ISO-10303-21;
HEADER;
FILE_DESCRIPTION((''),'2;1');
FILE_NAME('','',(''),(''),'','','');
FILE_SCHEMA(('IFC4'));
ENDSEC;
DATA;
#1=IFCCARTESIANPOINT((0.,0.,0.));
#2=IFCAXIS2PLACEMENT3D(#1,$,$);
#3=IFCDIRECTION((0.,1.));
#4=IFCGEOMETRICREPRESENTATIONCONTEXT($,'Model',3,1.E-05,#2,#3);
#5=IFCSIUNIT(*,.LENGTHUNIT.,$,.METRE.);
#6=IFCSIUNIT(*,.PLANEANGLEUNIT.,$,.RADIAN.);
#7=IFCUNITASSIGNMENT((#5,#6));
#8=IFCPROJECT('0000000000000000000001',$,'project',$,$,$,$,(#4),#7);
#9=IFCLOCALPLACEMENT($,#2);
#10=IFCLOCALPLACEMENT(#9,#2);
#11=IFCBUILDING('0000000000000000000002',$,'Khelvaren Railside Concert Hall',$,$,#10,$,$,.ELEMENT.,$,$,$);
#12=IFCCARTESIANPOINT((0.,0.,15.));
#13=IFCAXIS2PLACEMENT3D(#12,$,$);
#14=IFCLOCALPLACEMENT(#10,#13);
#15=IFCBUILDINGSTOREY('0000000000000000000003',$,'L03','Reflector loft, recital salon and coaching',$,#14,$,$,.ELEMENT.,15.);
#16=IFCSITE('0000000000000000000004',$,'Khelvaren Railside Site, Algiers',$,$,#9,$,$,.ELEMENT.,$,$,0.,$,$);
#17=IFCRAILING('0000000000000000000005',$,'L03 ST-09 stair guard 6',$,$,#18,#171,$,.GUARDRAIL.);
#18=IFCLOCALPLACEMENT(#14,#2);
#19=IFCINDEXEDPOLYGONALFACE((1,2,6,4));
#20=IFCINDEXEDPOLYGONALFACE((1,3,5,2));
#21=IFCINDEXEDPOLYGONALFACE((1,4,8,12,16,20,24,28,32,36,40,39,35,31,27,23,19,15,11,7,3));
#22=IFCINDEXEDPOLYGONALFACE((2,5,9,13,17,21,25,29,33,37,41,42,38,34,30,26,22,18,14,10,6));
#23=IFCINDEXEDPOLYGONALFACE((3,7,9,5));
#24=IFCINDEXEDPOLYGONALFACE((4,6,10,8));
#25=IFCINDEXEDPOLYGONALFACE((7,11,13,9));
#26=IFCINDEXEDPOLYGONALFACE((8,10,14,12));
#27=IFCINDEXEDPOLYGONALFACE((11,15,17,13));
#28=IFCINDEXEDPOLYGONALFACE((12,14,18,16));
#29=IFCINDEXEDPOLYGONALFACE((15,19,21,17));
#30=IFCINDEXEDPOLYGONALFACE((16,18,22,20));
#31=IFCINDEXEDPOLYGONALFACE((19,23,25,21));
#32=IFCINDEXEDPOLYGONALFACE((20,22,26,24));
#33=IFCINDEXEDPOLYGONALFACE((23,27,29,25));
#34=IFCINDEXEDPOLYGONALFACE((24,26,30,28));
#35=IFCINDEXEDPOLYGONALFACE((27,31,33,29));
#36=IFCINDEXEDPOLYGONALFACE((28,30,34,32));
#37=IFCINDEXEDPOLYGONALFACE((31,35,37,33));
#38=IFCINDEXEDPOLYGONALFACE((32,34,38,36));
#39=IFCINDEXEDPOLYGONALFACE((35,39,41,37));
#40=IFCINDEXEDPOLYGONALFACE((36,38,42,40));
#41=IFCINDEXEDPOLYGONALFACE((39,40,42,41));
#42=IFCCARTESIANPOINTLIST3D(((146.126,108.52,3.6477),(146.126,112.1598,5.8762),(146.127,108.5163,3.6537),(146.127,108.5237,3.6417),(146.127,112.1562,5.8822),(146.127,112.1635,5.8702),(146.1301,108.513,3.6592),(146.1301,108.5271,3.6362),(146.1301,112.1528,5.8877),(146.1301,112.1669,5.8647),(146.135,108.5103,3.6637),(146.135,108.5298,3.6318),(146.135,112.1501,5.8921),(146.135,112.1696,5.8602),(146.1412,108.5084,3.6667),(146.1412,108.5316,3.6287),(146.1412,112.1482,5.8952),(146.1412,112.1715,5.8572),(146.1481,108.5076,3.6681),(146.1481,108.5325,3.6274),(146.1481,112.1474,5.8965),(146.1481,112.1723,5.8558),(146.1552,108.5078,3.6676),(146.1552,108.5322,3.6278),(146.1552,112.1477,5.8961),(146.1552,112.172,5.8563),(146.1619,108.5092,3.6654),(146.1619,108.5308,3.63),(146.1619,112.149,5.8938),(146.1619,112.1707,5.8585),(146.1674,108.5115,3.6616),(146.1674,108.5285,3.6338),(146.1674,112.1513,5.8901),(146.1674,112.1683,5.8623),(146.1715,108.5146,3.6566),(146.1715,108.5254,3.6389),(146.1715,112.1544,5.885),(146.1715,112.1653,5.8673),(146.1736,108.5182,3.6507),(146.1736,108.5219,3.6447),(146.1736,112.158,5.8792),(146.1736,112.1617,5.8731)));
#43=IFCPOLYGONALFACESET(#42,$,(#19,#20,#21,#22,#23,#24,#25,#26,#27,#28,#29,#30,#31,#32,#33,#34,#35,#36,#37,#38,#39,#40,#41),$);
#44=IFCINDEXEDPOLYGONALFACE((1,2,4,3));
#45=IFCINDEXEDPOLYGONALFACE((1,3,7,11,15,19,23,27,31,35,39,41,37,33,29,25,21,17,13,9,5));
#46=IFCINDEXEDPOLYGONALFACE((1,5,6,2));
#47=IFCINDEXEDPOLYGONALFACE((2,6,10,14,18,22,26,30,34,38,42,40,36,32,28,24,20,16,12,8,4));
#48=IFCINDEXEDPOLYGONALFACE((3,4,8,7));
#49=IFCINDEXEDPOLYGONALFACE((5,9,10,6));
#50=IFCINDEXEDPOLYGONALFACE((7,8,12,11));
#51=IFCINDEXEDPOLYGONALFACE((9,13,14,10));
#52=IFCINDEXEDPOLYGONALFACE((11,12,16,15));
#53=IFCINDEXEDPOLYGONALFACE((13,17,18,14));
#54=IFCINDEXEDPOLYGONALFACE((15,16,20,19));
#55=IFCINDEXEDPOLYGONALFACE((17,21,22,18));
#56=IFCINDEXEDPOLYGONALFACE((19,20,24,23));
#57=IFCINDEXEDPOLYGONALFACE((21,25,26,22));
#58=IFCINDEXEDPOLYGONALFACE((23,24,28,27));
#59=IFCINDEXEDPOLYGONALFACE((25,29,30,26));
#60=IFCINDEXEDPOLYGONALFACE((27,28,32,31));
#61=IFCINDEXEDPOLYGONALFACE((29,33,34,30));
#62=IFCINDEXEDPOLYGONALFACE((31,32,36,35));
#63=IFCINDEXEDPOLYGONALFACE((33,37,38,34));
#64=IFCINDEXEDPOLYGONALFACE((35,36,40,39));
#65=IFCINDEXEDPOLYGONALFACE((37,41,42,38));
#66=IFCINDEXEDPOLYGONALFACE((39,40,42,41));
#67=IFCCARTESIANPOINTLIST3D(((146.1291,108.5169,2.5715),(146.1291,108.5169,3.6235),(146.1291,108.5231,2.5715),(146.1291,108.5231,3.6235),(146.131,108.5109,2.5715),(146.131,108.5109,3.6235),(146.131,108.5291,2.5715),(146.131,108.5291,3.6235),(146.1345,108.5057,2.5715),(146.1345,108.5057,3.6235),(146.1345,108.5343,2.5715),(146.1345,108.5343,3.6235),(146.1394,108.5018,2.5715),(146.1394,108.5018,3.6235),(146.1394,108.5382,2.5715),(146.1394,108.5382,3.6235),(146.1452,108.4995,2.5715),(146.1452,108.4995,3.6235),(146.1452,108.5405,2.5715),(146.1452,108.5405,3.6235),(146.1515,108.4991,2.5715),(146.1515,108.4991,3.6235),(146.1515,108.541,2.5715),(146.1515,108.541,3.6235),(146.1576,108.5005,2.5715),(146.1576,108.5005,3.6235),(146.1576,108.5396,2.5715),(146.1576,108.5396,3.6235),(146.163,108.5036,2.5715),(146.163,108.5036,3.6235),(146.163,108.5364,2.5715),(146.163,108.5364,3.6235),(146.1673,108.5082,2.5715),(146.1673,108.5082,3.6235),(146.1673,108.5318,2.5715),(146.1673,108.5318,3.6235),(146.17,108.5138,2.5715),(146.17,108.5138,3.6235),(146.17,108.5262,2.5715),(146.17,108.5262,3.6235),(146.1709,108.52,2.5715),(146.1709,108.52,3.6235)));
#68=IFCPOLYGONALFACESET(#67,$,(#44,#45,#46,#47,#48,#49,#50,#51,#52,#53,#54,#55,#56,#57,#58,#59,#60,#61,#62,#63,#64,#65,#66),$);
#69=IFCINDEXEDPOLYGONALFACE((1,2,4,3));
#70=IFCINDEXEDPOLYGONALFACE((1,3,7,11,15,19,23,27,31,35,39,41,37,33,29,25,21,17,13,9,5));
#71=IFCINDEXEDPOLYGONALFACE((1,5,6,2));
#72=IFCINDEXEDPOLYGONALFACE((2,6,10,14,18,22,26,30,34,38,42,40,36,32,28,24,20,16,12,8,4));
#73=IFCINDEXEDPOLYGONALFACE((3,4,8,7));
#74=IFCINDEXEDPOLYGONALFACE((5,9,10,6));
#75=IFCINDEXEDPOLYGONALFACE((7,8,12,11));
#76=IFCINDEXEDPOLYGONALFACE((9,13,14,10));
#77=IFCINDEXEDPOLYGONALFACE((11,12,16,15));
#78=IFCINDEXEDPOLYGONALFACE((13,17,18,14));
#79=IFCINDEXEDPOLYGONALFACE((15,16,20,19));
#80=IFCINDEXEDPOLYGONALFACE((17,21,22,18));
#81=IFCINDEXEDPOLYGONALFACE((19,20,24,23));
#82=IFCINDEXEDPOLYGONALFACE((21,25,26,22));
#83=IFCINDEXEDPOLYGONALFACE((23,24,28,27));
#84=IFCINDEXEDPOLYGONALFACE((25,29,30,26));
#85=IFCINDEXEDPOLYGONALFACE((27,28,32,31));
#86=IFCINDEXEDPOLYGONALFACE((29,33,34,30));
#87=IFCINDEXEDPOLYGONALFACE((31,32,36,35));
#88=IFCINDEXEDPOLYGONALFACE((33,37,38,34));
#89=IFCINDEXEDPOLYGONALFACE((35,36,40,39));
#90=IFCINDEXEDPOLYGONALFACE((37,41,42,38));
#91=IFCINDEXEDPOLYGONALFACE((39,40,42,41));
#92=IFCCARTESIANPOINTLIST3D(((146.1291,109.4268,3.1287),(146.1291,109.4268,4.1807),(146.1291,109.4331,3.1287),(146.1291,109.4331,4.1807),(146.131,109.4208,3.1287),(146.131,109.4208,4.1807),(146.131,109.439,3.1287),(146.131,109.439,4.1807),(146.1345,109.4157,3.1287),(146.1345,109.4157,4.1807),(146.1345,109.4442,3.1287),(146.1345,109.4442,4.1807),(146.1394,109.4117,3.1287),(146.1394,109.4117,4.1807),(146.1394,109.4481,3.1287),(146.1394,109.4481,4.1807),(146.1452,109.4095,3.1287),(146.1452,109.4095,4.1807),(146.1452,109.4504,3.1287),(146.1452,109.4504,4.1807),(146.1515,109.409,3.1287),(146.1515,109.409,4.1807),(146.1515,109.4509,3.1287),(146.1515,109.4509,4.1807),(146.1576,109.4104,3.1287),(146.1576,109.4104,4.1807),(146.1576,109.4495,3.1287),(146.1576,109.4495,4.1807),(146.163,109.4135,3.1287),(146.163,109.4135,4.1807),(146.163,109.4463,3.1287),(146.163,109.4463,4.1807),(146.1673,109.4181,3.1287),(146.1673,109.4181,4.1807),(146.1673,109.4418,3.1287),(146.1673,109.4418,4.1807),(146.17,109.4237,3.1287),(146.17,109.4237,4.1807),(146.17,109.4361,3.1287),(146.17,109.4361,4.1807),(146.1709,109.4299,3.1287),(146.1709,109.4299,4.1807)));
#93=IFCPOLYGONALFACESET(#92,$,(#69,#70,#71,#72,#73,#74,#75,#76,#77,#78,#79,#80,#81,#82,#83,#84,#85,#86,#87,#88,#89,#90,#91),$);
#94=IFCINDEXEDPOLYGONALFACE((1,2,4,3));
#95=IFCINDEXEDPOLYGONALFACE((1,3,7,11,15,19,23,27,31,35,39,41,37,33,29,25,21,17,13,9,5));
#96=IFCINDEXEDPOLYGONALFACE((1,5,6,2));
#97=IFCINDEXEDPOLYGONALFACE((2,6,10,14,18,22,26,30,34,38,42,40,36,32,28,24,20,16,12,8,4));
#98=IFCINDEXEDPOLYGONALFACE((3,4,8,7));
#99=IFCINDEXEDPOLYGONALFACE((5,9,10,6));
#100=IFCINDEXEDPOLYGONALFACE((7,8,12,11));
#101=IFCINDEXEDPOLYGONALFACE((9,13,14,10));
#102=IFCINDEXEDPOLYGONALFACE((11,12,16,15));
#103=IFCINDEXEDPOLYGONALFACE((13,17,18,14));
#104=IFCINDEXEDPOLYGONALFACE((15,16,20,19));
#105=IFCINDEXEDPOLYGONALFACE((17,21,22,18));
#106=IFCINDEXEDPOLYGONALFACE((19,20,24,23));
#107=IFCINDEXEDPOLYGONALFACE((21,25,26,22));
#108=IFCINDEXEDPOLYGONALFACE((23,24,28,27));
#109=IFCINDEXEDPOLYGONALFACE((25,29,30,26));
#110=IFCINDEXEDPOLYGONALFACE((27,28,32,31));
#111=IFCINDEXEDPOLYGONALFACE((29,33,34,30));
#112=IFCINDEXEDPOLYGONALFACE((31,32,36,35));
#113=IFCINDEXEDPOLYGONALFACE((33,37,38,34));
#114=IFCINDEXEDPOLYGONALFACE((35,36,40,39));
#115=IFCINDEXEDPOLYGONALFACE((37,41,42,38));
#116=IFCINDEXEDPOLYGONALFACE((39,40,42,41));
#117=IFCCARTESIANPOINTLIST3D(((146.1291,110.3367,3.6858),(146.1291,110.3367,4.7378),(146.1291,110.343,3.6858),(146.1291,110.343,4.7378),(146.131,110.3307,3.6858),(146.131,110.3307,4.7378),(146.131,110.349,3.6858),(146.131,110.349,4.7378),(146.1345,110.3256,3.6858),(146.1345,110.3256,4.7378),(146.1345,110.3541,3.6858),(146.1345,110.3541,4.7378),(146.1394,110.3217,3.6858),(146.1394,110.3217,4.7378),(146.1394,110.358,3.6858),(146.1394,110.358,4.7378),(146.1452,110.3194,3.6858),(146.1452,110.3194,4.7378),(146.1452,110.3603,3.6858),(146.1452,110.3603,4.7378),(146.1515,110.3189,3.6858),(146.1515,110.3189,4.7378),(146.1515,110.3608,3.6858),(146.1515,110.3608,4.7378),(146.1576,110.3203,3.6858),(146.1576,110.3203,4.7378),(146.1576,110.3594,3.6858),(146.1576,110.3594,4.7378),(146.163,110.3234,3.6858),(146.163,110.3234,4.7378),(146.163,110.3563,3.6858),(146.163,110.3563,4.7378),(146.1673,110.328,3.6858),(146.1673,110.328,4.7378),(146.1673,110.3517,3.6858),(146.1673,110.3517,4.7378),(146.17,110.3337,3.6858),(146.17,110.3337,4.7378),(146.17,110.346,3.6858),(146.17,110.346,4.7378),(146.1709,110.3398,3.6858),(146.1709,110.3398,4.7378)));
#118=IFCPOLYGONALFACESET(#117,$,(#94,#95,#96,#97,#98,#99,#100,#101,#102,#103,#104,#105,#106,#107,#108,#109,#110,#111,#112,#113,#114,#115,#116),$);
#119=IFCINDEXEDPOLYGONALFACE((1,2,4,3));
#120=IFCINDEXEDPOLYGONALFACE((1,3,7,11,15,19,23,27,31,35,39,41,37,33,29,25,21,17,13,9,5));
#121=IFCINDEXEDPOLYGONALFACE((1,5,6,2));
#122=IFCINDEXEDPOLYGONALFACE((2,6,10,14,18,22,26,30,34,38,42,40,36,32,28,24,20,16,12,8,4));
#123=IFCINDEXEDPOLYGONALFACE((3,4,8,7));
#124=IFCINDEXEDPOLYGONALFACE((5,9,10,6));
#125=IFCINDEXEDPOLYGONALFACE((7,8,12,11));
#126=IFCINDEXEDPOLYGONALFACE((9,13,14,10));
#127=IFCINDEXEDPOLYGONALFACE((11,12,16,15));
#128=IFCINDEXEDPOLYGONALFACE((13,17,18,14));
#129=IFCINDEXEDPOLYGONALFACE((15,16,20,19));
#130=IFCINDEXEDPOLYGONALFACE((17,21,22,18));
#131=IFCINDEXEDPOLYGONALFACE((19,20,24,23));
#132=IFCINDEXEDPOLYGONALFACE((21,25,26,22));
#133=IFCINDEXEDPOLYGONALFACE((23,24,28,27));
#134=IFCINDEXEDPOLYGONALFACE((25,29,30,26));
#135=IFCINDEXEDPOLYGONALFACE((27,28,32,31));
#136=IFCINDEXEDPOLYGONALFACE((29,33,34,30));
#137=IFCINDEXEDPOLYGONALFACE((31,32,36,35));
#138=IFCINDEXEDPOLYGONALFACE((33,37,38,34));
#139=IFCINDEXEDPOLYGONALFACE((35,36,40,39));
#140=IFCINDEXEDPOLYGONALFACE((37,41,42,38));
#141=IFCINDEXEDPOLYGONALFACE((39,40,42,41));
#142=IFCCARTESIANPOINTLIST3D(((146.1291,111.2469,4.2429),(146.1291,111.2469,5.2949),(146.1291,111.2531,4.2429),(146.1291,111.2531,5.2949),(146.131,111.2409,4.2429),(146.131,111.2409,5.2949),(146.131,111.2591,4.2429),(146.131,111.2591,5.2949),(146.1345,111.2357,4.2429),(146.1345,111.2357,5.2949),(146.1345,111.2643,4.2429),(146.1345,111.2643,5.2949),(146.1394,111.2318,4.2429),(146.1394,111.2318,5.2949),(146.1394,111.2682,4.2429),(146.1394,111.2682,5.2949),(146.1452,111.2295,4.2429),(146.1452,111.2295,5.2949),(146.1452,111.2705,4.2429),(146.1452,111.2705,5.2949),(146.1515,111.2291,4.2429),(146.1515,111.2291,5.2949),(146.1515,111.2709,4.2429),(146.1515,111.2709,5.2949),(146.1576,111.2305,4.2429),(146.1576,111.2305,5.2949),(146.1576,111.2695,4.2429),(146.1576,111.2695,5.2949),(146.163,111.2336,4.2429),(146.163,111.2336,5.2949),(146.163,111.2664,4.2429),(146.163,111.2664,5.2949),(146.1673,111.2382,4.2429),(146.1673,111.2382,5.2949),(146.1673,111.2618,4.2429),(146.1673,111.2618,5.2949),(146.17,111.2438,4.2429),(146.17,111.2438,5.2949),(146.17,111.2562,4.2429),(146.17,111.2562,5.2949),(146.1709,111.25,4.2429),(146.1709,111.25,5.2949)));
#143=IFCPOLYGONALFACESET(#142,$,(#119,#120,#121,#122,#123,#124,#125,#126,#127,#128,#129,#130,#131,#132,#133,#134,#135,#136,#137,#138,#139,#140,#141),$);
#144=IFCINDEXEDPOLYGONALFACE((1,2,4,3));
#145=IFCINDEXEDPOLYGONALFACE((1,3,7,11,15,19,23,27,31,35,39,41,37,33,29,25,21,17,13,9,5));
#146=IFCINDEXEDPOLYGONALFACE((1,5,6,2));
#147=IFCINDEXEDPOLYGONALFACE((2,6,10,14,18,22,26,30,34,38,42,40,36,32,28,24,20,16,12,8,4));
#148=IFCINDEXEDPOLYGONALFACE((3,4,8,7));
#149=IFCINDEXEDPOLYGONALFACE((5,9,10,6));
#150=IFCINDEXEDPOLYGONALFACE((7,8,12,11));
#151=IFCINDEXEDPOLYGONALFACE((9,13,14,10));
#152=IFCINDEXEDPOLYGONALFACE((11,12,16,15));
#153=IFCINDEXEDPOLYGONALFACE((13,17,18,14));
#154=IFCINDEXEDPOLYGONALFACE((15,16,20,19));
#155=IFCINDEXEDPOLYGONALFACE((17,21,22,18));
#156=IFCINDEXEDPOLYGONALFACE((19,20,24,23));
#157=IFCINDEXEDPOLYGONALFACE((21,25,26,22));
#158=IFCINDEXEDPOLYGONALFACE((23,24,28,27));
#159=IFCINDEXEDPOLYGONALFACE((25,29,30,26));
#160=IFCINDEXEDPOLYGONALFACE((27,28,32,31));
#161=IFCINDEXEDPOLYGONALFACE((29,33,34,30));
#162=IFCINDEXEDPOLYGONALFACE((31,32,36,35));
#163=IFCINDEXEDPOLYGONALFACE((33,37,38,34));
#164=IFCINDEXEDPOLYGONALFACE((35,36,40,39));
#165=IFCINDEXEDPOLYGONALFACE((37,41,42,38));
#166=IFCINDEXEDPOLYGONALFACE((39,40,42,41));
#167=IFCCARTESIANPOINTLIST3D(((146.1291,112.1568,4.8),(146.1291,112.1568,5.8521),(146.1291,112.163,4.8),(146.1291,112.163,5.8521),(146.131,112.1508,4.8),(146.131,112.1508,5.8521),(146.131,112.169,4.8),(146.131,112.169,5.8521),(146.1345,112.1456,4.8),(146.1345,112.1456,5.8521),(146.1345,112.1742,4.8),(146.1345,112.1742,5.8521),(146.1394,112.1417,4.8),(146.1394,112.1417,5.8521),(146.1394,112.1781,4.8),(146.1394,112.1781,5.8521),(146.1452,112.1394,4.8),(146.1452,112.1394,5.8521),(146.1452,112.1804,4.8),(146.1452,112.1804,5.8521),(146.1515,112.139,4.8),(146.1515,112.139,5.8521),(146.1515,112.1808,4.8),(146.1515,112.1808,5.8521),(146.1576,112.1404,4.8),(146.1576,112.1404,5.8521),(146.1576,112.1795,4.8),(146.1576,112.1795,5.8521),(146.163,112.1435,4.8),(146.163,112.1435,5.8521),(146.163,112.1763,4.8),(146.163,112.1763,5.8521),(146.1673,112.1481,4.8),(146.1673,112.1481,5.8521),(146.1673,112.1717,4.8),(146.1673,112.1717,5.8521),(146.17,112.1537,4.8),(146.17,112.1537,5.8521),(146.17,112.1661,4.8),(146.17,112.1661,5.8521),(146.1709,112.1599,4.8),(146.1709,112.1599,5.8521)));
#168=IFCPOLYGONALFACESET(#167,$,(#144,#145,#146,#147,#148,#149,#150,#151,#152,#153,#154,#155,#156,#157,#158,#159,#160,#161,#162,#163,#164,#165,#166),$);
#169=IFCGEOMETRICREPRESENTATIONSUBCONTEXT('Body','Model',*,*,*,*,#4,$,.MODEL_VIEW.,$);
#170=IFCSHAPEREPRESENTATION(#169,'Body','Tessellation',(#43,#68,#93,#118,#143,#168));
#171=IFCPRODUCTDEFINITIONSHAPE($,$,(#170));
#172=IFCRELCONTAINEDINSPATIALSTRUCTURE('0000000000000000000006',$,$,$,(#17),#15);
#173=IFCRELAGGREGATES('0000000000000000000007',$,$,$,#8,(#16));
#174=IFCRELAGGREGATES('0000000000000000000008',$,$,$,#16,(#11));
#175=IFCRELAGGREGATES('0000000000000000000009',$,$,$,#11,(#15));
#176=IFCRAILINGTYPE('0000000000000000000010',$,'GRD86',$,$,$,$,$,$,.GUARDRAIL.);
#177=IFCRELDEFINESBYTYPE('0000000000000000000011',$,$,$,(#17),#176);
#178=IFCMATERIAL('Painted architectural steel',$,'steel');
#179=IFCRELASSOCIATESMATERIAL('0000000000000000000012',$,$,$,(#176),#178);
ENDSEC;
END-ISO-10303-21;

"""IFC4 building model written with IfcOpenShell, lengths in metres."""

from ifc_helpers import new_model, si_unit, direction, frame, origin, origin_2d, place, context, subcontext, project, spatial, circle, extrude, material, type_object, element, save


model = new_model("IFC4")

# Units and contexts
model_context = context("Model", 3, precision=1e-05, world=origin(), true_north=direction((0.0, 1.0)))
body_context = subcontext(model_context, "Body", "Model", "MODEL_VIEW")
ifc_project = project(units=[si_unit("LENGTHUNIT", "METRE"), si_unit("PLANEANGLEUNIT", "RADIAN")], contexts=[model_context])

# Site, building, storey
site_placement = place(None, origin())
site = spatial("IfcSite", under=ifc_project, at=site_placement, Name="Khelvaren Railside Site, Algiers", CompositionType="ELEMENT", RefElevation=0.0)
building_placement = place(site_placement, origin())
building = spatial("IfcBuilding", under=site, at=building_placement, Name="Khelvaren Railside Concert Hall", CompositionType="ELEMENT")
storey_placement = place(building_placement, frame((0.0, 0.0, 15.0)))
storey = spatial("IfcBuildingStorey", under=building, at=storey_placement, Name="L03", Description="Reflector loft, recital salon and coaching", CompositionType="ELEMENT", Elevation=15.0)

# Railing
ifc_material_1 = material(Name="Painted architectural steel", Category="steel")
railing_type_1 = type_object("IfcRailingType", Name="GRD86", PredefinedType="GUARDRAIL", material=ifc_material_1)
railing_1_placement = place(storey_placement, frame((146.1499, 108.52, 2.5715)))
element("IfcRailing", 1, at=railing_1_placement, inside=storey, type_object=railing_type_1, Name="L03 ST-09 stair guard 6", PredefinedType="GUARDRAIL", context=body_context, shape_type="SweptSolid", body=[
    extrude(circle(Radius=0.0239, at=origin_2d()), frame((0.0, 0.0, 1.0762), z_axis=(0.0, 0.85285, 0.522156), x_axis=(-1.0, 0.0, 0.0)), (0.0, 0.0, 1.0), 4.2678),
    extrude(circle(Radius=0.021, at=origin_2d()), origin(), (0.0, 0.0, 1.0), 1.052),
    extrude(circle(Radius=0.021, at=origin_2d()), frame((0.0, 0.9099, 0.5571)), (0.0, 0.0, 1.0), 1.052),
    extrude(circle(Radius=0.021, at=origin_2d()), frame((0.0, 1.8198, 1.1143)), (0.0, 0.0, 1.0), 1.052),
    extrude(circle(Radius=0.021, at=origin_2d()), frame((0.0, 2.73, 1.6714)), (0.0, 0.0, 1.0), 1.052),
    extrude(circle(Radius=0.021, at=origin_2d()), frame((0.0, 3.6399, 2.2285)), (0.0, 0.0, 1.0), 1.052),
])

save(model, "model.ifc")
